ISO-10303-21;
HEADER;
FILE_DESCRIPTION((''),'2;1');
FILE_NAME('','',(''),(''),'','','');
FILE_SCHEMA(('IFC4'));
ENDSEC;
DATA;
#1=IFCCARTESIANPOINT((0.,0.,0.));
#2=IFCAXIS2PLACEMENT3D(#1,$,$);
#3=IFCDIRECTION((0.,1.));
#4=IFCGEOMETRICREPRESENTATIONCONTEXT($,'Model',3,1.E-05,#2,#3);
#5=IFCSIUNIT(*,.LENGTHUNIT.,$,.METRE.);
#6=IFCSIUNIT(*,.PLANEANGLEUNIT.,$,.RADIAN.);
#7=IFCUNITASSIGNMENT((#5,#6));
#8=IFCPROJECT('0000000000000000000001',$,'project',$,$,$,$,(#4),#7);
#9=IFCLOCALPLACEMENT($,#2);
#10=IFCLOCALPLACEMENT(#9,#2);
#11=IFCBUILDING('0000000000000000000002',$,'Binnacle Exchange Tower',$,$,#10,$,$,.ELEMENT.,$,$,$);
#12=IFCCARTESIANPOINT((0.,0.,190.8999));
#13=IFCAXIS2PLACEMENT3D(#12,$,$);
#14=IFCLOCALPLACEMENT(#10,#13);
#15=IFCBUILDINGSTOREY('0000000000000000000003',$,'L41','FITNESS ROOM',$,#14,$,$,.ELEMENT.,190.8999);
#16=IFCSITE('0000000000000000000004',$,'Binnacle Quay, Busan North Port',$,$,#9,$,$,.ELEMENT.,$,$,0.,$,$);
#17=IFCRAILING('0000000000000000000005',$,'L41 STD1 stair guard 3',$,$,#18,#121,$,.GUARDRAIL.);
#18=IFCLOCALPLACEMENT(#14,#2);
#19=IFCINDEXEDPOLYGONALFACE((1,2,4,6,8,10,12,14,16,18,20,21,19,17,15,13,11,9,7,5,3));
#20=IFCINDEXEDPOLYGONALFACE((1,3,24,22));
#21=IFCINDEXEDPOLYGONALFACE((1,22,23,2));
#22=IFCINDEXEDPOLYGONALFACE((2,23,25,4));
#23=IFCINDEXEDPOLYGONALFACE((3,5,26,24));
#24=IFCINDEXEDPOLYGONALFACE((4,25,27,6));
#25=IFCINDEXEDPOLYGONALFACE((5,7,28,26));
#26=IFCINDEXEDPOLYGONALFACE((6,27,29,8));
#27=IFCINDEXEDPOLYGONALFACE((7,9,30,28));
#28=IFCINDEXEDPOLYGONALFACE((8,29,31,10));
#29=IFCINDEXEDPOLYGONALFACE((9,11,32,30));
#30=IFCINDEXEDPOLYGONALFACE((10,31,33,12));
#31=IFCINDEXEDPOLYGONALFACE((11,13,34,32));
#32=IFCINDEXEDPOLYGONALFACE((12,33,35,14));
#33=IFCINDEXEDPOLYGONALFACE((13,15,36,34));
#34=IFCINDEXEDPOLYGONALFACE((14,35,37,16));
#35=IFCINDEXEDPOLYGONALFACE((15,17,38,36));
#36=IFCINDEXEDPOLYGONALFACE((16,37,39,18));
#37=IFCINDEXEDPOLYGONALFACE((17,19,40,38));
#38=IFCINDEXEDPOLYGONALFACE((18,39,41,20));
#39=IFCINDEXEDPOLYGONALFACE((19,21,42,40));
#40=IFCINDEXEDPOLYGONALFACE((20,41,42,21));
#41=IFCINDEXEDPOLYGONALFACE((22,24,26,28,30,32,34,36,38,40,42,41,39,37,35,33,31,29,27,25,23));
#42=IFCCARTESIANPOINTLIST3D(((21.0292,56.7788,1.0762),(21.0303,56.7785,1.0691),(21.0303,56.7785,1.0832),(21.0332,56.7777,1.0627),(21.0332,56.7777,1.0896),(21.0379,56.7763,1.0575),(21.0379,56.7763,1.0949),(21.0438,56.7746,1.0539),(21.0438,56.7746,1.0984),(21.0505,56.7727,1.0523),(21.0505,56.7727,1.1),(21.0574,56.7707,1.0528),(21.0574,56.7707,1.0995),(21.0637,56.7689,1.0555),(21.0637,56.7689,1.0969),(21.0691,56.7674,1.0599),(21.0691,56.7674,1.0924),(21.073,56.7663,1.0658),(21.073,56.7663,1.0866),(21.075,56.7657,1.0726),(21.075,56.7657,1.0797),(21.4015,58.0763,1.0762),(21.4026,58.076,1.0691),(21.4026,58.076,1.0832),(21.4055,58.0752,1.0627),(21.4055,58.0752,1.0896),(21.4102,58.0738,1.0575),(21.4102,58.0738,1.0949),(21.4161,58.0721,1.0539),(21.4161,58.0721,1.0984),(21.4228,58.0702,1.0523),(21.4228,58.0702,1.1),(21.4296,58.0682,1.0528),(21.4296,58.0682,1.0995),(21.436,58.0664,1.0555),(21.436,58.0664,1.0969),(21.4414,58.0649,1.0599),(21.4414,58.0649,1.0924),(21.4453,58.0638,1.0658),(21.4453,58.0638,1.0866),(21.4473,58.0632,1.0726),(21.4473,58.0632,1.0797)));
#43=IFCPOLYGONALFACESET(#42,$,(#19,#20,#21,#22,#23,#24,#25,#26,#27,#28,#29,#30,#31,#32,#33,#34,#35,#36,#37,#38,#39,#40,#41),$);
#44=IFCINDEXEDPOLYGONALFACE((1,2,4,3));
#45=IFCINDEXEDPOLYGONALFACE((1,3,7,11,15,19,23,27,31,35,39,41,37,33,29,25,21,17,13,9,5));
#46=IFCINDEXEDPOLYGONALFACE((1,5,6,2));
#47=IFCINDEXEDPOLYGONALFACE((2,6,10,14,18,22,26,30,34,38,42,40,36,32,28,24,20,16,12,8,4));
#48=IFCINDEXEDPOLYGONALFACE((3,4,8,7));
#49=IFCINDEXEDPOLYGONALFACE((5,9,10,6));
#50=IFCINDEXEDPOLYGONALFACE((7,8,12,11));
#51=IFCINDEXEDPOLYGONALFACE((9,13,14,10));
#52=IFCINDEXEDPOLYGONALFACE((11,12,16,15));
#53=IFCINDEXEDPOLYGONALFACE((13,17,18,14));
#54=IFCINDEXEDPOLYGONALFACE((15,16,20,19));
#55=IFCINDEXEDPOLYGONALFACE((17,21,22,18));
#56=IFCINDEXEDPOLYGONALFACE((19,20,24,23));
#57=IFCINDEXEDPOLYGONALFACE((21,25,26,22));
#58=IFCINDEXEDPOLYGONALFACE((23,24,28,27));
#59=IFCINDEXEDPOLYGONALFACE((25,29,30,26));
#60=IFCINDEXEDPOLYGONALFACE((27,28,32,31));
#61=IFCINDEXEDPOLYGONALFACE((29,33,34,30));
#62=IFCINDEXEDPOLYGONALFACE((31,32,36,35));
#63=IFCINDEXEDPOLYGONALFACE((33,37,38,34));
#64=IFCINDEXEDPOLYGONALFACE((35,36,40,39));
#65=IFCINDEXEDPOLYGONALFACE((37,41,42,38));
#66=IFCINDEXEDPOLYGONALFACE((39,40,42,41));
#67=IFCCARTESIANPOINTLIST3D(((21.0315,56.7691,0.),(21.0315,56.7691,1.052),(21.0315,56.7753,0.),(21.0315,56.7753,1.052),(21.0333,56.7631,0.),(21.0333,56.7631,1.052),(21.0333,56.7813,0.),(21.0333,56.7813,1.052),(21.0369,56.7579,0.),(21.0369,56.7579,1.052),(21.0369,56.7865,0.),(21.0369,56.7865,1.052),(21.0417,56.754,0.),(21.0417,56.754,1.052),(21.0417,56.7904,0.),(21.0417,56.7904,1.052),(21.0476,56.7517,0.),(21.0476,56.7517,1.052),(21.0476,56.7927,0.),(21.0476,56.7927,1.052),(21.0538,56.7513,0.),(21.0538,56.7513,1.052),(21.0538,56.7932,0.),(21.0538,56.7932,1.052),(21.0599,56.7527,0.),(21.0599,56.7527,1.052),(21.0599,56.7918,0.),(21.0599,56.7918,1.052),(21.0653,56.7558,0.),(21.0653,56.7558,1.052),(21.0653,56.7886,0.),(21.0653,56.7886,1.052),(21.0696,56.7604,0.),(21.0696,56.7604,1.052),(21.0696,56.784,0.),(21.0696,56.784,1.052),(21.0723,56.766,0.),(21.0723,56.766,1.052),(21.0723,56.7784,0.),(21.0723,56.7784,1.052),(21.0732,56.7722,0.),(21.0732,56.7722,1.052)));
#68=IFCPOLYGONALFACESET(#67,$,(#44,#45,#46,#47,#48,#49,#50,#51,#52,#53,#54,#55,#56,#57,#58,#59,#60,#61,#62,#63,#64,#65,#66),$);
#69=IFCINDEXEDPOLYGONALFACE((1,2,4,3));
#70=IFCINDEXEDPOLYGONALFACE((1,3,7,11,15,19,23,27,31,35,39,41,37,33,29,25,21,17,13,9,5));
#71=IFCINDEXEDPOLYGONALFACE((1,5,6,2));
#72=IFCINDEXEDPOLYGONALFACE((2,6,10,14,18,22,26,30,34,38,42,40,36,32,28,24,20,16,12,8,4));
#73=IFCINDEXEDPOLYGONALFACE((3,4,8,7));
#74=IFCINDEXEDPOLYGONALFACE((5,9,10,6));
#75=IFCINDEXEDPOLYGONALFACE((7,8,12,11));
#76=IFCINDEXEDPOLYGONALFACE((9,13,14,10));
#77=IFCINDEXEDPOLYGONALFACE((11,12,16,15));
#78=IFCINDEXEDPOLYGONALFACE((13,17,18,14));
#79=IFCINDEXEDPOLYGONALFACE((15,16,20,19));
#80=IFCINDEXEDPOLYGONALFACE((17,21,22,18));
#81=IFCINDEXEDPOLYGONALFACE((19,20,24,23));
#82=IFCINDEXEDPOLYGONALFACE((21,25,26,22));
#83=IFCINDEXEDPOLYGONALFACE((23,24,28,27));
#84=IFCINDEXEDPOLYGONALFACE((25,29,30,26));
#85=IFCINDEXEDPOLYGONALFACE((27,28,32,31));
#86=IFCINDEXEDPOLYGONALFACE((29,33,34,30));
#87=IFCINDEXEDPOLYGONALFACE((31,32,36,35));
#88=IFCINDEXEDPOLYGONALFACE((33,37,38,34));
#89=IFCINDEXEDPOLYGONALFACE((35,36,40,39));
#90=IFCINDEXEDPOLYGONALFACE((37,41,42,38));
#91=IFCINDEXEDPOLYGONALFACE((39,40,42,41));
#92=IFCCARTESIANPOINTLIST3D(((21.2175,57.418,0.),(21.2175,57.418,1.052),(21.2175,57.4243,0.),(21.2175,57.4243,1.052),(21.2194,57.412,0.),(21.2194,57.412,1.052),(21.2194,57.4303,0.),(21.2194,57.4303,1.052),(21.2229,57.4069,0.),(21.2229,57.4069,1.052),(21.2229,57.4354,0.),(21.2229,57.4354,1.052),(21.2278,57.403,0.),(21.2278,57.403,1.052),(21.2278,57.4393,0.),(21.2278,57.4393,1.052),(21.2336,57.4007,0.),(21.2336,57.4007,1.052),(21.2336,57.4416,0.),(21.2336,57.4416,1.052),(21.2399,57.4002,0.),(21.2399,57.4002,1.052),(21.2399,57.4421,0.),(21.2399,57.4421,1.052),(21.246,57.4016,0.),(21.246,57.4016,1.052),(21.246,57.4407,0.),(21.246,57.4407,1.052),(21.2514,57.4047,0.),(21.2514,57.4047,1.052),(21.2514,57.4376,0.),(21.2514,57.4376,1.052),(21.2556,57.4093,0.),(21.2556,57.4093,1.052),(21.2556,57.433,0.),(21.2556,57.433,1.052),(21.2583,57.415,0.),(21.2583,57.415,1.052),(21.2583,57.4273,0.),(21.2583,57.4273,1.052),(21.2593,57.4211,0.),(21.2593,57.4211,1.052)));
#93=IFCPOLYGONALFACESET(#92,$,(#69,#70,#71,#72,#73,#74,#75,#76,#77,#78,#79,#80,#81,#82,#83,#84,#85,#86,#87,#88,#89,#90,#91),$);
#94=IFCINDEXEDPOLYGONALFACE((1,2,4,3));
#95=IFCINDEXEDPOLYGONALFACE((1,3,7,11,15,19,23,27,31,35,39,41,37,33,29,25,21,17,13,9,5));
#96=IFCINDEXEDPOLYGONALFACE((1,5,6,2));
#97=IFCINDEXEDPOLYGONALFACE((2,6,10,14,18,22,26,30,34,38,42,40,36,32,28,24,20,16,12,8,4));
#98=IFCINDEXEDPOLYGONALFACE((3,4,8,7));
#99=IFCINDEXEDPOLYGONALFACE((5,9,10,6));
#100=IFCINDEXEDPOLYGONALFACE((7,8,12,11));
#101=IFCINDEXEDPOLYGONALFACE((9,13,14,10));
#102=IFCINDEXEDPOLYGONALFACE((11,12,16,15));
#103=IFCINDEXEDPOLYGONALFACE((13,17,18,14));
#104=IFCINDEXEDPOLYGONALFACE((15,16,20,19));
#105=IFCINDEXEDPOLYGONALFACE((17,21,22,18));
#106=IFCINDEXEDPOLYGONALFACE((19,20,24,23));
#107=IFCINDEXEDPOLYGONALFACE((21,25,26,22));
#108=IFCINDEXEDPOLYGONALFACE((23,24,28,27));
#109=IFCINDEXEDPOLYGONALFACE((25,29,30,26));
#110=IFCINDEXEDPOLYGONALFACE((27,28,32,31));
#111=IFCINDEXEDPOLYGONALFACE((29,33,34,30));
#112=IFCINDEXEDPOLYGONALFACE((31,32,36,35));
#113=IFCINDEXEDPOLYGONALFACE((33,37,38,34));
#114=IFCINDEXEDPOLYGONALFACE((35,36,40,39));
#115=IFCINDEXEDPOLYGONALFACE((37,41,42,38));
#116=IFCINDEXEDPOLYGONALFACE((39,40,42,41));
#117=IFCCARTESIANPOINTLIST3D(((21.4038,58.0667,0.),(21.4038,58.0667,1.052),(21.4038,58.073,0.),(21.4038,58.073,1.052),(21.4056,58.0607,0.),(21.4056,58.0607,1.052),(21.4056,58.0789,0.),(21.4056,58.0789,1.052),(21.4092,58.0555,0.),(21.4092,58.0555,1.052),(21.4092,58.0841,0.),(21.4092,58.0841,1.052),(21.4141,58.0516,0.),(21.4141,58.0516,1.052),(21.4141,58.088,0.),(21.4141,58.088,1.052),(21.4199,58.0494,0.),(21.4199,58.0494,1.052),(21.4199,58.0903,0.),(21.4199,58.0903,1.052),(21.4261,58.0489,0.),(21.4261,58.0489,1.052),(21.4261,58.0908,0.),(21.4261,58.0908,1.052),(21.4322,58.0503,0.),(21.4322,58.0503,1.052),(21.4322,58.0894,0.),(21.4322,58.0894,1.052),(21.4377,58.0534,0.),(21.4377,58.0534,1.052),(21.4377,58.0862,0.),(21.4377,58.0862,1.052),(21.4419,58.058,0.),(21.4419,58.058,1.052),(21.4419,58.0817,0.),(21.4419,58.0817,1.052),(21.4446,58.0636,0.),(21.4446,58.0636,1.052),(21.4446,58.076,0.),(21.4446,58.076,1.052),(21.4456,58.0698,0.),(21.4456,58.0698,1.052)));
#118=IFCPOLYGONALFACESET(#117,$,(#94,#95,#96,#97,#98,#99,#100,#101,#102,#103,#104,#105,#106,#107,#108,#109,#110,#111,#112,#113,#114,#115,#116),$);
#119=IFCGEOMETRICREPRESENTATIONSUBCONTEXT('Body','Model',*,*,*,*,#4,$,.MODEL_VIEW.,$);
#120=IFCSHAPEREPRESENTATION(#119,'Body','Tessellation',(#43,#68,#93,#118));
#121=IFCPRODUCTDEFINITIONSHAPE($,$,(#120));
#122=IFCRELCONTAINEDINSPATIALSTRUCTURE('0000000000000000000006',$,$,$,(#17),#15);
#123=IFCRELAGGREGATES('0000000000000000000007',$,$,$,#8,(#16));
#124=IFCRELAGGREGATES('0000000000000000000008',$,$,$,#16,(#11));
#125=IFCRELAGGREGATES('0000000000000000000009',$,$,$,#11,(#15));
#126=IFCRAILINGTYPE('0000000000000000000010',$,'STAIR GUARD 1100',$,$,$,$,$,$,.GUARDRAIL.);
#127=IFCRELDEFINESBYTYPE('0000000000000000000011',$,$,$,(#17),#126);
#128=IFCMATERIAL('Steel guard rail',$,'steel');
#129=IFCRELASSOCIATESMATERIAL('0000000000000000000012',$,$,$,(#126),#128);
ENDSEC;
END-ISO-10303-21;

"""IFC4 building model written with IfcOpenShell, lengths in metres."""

from ifc_helpers import new_model, si_unit, direction, frame, origin, origin_2d, place, context, subcontext, project, spatial, circle, extrude, material, type_object, element, save


model = new_model("IFC4")

# Units and contexts
model_context = context("Model", 3, precision=1e-05, world=origin(), true_north=direction((0.0, 1.0)))
body_context = subcontext(model_context, "Body", "Model", "MODEL_VIEW")
ifc_project = project(units=[si_unit("LENGTHUNIT", "METRE"), si_unit("PLANEANGLEUNIT", "RADIAN")], contexts=[model_context])

# Site, building, storey
site_placement = place(None, origin())
site = spatial("IfcSite", under=ifc_project, at=site_placement, Name="Binnacle Quay, Busan North Port", CompositionType="ELEMENT", RefElevation=0.0)
building_placement = place(site_placement, origin())
building = spatial("IfcBuilding", under=site, at=building_placement, Name="Binnacle Exchange Tower", CompositionType="ELEMENT")
storey_placement = place(building_placement, frame((0.0, 0.0, 190.8999)))
storey = spatial("IfcBuildingStorey", under=building, at=storey_placement, Name="L41", Description="FITNESS ROOM", CompositionType="ELEMENT", Elevation=190.8999)

# Railing
ifc_material_1 = material(Name="Steel guard rail", Category="steel")
railing_type_1 = type_object("IfcRailingType", Name="STAIR GUARD 1100", PredefinedType="GUARDRAIL", material=ifc_material_1)
railing_1_placement = place(storey_placement, frame((21.0522, 56.7722, 0.0)))
element("IfcRailing", 1, at=railing_1_placement, inside=storey, type_object=railing_type_1, Name="L41 STD1 stair guard 3", PredefinedType="GUARDRAIL", context=body_context, shape_type="SweptSolid", body=[
    extrude(circle(Radius=0.0239, at=origin_2d()), frame((0.0, 0.0, 1.0762), z_axis=(0.275796, 0.961216, 0.0), x_axis=(-0.961216, 0.275796, 0.0)), (0.0, 0.0, 1.0), 1.3499),
    extrude(circle(Radius=0.021, at=origin_2d()), origin(), (0.0, 0.0, 1.0), 1.052),
    extrude(circle(Radius=0.021, at=origin_2d()), frame((0.186, 0.6489, 0.0)), (0.0, 0.0, 1.0), 1.052),
    extrude(circle(Radius=0.021, at=origin_2d()), frame((0.3723, 1.2976, 0.0)), (0.0, 0.0, 1.0), 1.052),
])

save(model, "model.ifc")
